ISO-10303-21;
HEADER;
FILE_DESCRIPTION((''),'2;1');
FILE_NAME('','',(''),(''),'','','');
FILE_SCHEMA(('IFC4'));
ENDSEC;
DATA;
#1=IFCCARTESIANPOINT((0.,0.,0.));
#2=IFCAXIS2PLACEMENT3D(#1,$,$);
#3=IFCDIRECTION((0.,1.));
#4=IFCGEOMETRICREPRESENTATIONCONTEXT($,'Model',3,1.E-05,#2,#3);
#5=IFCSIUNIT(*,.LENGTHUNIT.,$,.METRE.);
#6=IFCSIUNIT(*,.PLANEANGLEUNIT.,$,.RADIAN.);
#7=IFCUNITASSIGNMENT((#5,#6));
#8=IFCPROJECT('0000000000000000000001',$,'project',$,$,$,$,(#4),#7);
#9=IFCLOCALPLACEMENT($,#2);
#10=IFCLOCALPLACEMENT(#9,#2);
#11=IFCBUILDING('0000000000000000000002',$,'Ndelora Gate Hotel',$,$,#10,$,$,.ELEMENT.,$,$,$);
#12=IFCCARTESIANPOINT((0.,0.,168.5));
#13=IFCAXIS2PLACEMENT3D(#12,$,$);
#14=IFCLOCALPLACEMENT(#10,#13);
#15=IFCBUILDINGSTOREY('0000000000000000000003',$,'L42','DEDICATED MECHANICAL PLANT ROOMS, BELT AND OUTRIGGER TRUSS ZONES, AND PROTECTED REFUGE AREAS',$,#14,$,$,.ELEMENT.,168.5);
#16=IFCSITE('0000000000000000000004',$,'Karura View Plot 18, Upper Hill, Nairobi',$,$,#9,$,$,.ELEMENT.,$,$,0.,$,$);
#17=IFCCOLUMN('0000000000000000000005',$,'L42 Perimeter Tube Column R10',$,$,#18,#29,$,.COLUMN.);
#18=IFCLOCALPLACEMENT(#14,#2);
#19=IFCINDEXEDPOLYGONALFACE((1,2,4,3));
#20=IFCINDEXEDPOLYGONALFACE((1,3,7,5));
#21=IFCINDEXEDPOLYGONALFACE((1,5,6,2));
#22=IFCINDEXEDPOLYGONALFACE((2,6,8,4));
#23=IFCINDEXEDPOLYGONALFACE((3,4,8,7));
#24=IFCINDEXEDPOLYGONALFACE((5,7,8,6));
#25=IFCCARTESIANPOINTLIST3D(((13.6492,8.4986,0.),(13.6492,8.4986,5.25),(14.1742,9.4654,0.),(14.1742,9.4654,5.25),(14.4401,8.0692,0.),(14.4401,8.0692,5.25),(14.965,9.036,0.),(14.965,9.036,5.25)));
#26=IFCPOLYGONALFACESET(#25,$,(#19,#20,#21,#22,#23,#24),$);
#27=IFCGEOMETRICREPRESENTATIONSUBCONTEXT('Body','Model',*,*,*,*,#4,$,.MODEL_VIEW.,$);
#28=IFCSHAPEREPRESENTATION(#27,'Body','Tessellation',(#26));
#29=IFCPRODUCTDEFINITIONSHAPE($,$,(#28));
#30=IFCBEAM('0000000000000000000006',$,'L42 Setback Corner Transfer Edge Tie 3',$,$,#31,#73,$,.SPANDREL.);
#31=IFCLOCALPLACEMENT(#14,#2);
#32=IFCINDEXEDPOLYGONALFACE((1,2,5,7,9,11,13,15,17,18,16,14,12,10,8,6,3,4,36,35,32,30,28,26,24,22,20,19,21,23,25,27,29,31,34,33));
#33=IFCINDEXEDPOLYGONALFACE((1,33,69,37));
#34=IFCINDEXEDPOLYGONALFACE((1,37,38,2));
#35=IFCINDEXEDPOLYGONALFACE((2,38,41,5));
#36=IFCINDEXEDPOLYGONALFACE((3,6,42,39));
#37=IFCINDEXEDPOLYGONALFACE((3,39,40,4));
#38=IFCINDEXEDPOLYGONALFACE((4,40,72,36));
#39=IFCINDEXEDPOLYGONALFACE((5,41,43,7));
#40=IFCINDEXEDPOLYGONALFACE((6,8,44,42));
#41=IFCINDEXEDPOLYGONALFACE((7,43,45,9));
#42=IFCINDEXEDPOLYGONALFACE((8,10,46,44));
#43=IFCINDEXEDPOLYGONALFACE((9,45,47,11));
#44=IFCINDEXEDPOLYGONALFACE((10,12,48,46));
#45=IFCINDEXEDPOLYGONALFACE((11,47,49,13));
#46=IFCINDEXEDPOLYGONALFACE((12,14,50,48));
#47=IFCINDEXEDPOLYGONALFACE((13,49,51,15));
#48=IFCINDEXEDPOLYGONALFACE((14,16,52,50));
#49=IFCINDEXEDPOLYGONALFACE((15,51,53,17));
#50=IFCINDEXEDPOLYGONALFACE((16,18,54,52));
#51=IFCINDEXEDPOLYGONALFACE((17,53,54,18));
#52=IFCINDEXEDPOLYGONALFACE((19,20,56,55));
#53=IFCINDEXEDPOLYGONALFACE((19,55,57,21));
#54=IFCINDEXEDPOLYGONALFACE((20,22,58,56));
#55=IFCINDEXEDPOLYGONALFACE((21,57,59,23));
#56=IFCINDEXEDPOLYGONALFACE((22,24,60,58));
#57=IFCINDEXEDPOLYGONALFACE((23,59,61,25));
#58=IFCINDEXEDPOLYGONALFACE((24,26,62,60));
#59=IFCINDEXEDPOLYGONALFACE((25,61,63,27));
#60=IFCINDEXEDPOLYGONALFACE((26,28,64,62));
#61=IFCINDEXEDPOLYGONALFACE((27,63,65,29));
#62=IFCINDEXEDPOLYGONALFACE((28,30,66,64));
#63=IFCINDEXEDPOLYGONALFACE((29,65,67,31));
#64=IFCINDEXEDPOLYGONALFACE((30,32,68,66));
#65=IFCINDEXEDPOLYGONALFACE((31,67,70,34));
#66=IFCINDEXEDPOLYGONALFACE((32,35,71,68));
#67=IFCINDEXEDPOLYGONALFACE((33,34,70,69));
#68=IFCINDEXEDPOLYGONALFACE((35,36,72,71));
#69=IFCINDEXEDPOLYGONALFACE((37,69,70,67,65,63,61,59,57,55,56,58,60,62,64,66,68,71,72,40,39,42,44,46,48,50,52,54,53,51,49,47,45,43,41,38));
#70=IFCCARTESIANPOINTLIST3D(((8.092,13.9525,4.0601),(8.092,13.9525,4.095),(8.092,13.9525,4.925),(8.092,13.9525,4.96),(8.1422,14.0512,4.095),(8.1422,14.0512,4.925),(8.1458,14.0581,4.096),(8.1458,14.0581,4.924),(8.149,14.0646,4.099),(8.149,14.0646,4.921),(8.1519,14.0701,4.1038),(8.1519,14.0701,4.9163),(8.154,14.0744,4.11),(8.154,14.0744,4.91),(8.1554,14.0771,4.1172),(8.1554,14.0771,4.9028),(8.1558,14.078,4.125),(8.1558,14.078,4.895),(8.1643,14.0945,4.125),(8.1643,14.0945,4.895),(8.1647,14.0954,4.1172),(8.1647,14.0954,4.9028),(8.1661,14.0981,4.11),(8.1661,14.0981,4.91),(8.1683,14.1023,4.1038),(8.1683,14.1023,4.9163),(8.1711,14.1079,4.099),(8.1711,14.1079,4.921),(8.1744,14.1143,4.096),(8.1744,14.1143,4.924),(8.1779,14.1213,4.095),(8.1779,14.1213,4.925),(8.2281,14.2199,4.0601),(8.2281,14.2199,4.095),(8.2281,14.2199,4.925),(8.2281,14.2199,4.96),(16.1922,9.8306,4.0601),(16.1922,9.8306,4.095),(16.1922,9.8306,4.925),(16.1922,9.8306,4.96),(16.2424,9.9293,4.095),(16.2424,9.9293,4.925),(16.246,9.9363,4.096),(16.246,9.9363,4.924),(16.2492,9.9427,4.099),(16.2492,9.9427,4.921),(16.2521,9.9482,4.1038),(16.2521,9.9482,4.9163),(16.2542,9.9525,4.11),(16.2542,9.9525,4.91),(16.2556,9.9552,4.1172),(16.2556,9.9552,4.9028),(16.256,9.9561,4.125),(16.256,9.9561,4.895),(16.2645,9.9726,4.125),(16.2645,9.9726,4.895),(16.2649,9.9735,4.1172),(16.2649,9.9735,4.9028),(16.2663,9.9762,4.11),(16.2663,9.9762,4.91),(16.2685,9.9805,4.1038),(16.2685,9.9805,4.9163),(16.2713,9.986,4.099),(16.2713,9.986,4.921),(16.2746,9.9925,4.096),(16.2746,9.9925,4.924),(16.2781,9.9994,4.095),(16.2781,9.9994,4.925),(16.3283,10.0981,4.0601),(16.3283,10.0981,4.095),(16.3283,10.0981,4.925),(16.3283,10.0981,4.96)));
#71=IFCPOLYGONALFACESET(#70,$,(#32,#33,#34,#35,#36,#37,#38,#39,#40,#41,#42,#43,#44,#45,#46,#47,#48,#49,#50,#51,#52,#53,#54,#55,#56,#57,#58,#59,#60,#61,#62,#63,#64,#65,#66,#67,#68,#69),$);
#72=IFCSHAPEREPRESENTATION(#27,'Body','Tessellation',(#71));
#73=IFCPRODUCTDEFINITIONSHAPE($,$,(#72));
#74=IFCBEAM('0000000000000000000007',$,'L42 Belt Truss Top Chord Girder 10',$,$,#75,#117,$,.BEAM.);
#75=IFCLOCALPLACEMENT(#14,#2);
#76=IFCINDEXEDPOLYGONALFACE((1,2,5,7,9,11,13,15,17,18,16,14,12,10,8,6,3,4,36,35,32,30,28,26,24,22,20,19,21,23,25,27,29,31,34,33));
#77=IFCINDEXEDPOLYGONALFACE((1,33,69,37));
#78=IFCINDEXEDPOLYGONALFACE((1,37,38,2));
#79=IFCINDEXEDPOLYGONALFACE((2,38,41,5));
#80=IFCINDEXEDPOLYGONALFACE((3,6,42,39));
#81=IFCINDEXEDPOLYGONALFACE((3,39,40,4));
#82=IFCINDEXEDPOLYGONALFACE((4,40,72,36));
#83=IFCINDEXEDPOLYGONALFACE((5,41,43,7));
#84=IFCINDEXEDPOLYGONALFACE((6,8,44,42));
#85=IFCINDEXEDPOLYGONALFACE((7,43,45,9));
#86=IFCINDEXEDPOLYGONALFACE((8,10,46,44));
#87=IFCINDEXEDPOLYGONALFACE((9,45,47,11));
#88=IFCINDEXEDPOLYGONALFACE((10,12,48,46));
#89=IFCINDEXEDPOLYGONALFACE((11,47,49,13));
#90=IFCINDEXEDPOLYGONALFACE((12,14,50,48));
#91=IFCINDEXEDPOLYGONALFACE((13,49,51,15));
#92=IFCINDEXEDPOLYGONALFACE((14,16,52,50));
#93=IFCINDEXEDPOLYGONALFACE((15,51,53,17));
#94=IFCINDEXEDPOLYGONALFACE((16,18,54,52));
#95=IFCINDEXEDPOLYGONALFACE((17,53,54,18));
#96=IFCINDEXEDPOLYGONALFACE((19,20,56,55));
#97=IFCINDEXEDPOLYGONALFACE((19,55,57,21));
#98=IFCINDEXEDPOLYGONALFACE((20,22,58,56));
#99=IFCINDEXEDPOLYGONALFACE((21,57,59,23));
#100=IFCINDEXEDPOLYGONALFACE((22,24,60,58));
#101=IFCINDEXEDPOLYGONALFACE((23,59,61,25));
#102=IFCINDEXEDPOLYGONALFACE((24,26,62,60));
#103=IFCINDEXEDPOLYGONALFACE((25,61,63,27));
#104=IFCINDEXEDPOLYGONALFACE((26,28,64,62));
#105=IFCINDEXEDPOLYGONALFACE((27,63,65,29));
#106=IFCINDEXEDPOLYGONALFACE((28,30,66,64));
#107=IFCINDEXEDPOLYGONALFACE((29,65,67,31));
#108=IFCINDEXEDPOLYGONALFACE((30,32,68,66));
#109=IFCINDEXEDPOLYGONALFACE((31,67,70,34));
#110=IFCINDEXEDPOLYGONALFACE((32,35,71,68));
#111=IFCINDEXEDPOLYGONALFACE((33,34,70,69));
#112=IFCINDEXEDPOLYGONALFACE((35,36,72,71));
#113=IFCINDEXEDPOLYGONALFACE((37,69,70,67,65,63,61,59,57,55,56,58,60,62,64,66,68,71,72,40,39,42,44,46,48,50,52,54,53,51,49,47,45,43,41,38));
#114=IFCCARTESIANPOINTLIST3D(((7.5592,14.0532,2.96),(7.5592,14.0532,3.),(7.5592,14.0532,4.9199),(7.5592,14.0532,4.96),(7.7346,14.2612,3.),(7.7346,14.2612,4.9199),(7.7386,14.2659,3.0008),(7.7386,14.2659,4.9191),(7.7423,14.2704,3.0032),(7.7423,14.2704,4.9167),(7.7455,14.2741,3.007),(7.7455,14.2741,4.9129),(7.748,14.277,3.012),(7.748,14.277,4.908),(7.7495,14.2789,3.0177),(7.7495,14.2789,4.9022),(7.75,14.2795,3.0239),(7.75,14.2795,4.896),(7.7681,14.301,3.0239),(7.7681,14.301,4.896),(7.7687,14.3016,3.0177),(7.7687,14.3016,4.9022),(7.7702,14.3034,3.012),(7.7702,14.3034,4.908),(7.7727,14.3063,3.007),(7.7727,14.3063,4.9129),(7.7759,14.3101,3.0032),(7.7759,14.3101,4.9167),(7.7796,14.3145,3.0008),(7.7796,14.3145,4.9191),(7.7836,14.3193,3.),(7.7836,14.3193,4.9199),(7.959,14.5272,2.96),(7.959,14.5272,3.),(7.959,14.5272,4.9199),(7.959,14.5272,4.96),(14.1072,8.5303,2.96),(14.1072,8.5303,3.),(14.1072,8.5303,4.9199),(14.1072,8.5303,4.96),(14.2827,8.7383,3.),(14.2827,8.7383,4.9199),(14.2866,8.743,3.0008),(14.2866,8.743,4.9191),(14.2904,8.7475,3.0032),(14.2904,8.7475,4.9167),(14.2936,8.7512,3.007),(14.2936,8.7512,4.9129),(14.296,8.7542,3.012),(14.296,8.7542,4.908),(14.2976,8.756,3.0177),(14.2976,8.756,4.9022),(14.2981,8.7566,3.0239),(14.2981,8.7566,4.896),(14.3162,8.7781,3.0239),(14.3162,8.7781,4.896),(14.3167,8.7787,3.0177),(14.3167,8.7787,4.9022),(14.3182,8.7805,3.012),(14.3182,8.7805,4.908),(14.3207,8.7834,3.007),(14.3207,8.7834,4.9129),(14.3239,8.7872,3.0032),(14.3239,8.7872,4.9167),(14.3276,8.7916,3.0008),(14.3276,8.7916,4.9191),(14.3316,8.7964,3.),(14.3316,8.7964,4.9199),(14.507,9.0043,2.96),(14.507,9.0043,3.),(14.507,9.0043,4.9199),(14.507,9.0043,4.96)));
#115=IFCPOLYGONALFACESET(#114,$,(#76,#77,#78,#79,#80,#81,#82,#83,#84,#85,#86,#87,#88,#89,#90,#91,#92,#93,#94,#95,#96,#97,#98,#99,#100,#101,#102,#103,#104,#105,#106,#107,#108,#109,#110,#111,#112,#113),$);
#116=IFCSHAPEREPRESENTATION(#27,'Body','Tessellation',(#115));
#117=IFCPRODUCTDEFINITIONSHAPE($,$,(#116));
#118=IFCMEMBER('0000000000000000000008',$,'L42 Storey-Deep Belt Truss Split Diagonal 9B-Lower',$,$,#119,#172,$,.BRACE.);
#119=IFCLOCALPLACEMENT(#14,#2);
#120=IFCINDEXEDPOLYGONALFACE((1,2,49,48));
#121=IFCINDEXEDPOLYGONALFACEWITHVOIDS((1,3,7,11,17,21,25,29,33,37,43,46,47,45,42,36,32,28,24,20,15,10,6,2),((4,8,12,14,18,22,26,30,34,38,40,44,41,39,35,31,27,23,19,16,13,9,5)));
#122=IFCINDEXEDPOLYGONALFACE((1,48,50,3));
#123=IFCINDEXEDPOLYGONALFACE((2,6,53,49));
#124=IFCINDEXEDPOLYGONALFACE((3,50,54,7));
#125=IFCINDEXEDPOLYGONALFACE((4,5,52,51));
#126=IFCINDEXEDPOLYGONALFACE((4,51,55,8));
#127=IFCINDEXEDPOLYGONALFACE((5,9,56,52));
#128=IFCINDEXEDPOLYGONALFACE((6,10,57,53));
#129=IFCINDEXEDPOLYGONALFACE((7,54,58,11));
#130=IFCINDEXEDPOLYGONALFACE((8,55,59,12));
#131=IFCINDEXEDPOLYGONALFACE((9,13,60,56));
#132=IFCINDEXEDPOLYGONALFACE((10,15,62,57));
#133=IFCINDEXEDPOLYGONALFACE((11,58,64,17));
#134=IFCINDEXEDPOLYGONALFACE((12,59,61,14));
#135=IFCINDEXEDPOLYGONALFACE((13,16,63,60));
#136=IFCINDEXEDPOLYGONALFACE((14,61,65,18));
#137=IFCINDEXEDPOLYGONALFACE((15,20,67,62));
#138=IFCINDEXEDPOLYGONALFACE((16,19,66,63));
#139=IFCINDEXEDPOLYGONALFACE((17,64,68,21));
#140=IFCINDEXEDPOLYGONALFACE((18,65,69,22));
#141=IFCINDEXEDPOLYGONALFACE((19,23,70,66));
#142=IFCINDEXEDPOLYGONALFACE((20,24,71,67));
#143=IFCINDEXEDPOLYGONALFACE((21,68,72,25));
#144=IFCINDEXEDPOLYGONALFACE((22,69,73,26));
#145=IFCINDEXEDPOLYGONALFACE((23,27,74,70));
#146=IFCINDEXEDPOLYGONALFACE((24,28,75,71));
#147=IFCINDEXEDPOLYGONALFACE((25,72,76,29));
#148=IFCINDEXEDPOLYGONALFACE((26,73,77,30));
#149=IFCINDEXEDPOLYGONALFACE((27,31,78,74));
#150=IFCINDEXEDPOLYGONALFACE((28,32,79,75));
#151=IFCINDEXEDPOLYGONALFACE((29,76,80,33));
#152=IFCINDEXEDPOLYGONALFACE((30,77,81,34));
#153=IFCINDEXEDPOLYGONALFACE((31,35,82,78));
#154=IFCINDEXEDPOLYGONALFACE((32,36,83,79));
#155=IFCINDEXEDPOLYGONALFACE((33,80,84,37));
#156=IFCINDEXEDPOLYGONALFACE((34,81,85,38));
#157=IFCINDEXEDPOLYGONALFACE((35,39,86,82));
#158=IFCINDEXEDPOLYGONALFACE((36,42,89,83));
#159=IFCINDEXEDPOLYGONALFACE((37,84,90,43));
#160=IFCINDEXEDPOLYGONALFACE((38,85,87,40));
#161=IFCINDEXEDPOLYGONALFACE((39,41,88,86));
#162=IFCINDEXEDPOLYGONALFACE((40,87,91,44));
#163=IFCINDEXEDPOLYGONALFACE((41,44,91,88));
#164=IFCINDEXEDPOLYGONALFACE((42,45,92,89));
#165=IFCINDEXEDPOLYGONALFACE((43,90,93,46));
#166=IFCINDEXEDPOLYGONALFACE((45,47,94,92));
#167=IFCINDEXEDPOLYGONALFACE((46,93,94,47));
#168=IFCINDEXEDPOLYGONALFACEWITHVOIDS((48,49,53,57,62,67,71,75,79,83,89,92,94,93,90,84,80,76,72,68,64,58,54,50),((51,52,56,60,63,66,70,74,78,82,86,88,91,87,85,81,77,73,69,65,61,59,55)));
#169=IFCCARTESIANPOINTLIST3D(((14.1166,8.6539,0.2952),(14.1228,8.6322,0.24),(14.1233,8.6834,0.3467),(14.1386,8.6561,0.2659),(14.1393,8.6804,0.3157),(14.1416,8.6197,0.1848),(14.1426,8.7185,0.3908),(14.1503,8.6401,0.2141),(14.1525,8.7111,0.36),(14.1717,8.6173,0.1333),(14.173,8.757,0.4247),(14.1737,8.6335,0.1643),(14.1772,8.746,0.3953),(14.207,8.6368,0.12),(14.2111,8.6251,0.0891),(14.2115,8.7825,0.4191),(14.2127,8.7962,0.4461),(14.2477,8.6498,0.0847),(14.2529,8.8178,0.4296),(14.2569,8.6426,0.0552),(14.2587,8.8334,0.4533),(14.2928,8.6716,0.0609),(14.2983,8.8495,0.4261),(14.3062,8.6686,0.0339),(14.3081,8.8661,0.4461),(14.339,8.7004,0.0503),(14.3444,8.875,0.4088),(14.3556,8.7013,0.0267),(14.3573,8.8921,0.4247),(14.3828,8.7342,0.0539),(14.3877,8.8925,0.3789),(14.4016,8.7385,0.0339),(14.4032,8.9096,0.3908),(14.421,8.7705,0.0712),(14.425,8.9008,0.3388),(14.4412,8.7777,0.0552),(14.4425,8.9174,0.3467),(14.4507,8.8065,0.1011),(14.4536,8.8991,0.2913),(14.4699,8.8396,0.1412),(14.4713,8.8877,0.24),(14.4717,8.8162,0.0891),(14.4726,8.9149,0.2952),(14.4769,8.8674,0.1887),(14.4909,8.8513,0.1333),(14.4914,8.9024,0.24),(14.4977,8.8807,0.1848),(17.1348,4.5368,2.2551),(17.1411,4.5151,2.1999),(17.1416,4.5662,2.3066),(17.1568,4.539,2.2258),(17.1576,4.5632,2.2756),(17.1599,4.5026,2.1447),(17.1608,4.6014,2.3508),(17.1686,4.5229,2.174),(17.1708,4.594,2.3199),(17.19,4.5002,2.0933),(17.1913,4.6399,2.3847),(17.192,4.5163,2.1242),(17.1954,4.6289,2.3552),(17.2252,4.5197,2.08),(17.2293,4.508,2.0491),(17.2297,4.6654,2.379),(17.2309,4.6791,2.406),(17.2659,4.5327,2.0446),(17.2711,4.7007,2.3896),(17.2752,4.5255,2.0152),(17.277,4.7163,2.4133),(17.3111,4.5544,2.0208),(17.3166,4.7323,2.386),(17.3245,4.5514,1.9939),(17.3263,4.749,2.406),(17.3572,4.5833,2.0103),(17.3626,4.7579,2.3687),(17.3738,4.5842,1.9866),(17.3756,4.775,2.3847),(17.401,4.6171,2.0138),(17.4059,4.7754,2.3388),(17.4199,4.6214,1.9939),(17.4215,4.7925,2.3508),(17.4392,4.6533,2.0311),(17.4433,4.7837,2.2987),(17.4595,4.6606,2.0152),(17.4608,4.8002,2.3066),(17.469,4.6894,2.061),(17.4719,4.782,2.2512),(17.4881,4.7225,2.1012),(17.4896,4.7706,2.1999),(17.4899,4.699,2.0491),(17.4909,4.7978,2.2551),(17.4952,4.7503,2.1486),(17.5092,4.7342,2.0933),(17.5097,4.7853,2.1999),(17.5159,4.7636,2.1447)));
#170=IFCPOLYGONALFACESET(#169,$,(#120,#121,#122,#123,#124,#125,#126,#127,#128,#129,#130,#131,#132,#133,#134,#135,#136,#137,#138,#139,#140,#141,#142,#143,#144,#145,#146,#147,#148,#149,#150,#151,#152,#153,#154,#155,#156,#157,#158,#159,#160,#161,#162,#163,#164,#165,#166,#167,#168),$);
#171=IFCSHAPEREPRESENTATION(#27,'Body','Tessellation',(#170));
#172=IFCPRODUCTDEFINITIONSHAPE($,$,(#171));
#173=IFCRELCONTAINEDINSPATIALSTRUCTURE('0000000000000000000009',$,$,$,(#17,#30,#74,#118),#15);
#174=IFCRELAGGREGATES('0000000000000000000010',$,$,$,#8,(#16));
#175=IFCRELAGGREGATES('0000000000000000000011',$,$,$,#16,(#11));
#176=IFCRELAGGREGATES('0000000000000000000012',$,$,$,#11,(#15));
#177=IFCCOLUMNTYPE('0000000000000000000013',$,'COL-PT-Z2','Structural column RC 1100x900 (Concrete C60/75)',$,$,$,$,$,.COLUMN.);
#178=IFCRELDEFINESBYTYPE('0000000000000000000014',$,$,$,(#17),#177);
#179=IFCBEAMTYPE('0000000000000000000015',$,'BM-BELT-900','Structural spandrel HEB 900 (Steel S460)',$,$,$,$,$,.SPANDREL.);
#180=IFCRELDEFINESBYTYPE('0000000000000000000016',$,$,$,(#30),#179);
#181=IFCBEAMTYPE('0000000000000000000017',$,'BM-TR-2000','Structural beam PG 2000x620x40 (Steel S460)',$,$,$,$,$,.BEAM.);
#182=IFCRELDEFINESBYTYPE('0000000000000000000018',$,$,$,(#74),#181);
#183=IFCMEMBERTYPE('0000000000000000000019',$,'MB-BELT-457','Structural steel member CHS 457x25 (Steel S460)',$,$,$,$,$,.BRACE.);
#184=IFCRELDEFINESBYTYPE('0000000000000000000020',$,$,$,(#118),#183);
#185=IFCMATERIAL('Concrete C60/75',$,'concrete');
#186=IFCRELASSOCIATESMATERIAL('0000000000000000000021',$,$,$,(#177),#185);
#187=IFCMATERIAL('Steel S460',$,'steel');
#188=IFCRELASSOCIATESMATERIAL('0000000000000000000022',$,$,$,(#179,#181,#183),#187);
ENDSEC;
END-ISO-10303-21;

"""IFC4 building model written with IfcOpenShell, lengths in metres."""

from ifc_helpers import new_model, si_unit, direction, frame, origin, origin_2d, place, context, subcontext, project, spatial, rectangle, hollow_circle, i_section, extrude, material, material_profile, profile_set, type_object, element, save


model = new_model("IFC4")

# Units and contexts
model_context = context("Model", 3, precision=1e-05, world=origin(), true_north=direction((0.0, 1.0)))
body_context = subcontext(model_context, "Body", "Model", "MODEL_VIEW")
ifc_project = project(units=[si_unit("LENGTHUNIT", "METRE"), si_unit("PLANEANGLEUNIT", "RADIAN")], contexts=[model_context])

# Site, building, storey
site_placement = place(None, origin())
site = spatial("IfcSite", under=ifc_project, at=site_placement, Name="Karura View Plot 18, Upper Hill, Nairobi", CompositionType="ELEMENT", RefElevation=0.0)
building_placement = place(site_placement, origin())
building = spatial("IfcBuilding", under=site, at=building_placement, Name="Ndelora Gate Hotel", CompositionType="ELEMENT")
storey_placement = place(building_placement, frame((0.0, 0.0, 168.5)))
storey = spatial("IfcBuildingStorey", under=building, at=storey_placement, Name="L42", Description="DEDICATED MECHANICAL PLANT ROOMS, BELT AND OUTRIGGER TRUSS ZONES, AND PROTECTED REFUGE AREAS", CompositionType="ELEMENT", Elevation=168.5)

# Column
ifc_material_1 = material(Name="Concrete C60/75", Category="concrete")
ifc_material_profile_1 = material_profile(ifc_material_1, rectangle(XDim=0.8999, YDim=1.1001, at=origin_2d()), Name="RC 1100x900")
ifc_profile_set_1 = profile_set([ifc_material_profile_1], Name="Concrete C60/75")
column_type = type_object("IfcColumnType", Name="COL-PT-Z2", Description="Structural column RC 1100x900 (Concrete C60/75)", PredefinedType="COLUMN", material=ifc_profile_set_1)
column_placement = place(storey_placement, frame((14.3071, 8.7673, 0.0), z_axis=(0.0, 0.0, 1.0), x_axis=(-0.878817, 0.477159, 0.0)))
element("IfcColumn", 1, at=column_placement, inside=storey, type_object=column_type, Name="L42 Perimeter Tube Column R10", PredefinedType="COLUMN", context=body_context, shape_type="SweptSolid", body=[
    extrude(rectangle(XDim=0.8999, YDim=1.1001, at=origin_2d()), origin(), (0.0, 0.0, 1.0), 5.25),
])

# Beams
ifc_material_2 = material(Name="Steel S460", Category="steel")
ifc_material_profile_2 = material_profile(ifc_material_2, i_section(OverallWidth=0.3, OverallDepth=0.8999, WebThickness=0.0186, FlangeThickness=0.0349, FilletRadius=0.03, at=origin_2d()), Name="HEB 900")
ifc_profile_set_2 = profile_set([ifc_material_profile_2], Name="Steel S460")
beam_type_1 = type_object("IfcBeamType", Name="BM-BELT-900", Description="Structural spandrel HEB 900 (Steel S460)", PredefinedType="SPANDREL", material=ifc_profile_set_2)
beam_1_placement = place(storey_placement, frame((16.2603, 9.9644, 4.51), z_axis=(-0.891246, 0.453521, 0.0), x_axis=(-0.453521, -0.891246, 0.0)))
element("IfcBeam", 2, at=beam_1_placement, inside=storey, type_object=beam_type_1, Name="L42 Setback Corner Transfer Edge Tie 3", PredefinedType="SPANDREL", context=body_context, shape_type="SweptSolid", body=[
    extrude(i_section(OverallWidth=0.3, OverallDepth=0.8999, WebThickness=0.0186, FlangeThickness=0.0349, FilletRadius=0.03, at=origin_2d()), origin(), (0.0, 0.0, 1.0), 9.0886),
])
ifc_material_profile_3 = material_profile(ifc_material_2, i_section(OverallWidth=0.6201, OverallDepth=2.0, WebThickness=0.0281, FlangeThickness=0.04, FilletRadius=0.0239, at=origin_2d()), Name="PG 2000x620x40")
ifc_profile_set_3 = profile_set([ifc_material_profile_3], Name="Steel S460")
beam_type_2 = type_object("IfcBeamType", Name="BM-TR-2000", Description="Structural beam PG 2000x620x40 (Steel S460)", PredefinedType="BEAM", material=ifc_profile_set_3)
beam_2_placement = place(storey_placement, frame((14.3071, 8.7673, 3.96), z_axis=(-0.764407, 0.644734, 0.0), x_axis=(-0.644734, -0.764407, 0.0)))
element("IfcBeam", 3, at=beam_2_placement, inside=storey, type_object=beam_type_2, Name="L42 Belt Truss Top Chord Girder 10", PredefinedType="BEAM", context=body_context, shape_type="SweptSolid", body=[
    extrude(i_section(OverallWidth=0.6201, OverallDepth=2.0, WebThickness=0.0281, FlangeThickness=0.04, FilletRadius=0.0239, at=origin_2d()), origin(), (0.0, 0.0, 1.0), 8.5662),
])

# Member
ifc_material_profile_4 = material_profile(ifc_material_2, hollow_circle(Radius=0.2285, WallThickness=0.0249, at=origin_2d()), Name="CHS 457x25")
ifc_profile_set_4 = profile_set([ifc_material_profile_4], Name="Steel S460")
member_type = type_object("IfcMemberType", Name="MB-BELT-457", Description="Structural steel member CHS 457x25 (Steel S460)", PredefinedType="BRACE", material=ifc_profile_set_4)
member_1_placement = place(storey_placement, frame((14.3071, 8.7673, 0.24), z_axis=(0.55196, -0.752912, 0.358419), x_axis=(0.806495, 0.591241, 0.0)))
element("IfcMember", 4, at=member_1_placement, inside=storey, type_object=member_type, Name="L42 Storey-Deep Belt Truss Split Diagonal 9B-Lower", PredefinedType="BRACE", context=body_context, shape_type="SweptSolid", body=[
    extrude(hollow_circle(Radius=0.2285, WallThickness=0.0249, at=origin_2d()), origin(), (0.0, 0.0, 1.0), 5.4683),
])

save(model, "model.ifc")
